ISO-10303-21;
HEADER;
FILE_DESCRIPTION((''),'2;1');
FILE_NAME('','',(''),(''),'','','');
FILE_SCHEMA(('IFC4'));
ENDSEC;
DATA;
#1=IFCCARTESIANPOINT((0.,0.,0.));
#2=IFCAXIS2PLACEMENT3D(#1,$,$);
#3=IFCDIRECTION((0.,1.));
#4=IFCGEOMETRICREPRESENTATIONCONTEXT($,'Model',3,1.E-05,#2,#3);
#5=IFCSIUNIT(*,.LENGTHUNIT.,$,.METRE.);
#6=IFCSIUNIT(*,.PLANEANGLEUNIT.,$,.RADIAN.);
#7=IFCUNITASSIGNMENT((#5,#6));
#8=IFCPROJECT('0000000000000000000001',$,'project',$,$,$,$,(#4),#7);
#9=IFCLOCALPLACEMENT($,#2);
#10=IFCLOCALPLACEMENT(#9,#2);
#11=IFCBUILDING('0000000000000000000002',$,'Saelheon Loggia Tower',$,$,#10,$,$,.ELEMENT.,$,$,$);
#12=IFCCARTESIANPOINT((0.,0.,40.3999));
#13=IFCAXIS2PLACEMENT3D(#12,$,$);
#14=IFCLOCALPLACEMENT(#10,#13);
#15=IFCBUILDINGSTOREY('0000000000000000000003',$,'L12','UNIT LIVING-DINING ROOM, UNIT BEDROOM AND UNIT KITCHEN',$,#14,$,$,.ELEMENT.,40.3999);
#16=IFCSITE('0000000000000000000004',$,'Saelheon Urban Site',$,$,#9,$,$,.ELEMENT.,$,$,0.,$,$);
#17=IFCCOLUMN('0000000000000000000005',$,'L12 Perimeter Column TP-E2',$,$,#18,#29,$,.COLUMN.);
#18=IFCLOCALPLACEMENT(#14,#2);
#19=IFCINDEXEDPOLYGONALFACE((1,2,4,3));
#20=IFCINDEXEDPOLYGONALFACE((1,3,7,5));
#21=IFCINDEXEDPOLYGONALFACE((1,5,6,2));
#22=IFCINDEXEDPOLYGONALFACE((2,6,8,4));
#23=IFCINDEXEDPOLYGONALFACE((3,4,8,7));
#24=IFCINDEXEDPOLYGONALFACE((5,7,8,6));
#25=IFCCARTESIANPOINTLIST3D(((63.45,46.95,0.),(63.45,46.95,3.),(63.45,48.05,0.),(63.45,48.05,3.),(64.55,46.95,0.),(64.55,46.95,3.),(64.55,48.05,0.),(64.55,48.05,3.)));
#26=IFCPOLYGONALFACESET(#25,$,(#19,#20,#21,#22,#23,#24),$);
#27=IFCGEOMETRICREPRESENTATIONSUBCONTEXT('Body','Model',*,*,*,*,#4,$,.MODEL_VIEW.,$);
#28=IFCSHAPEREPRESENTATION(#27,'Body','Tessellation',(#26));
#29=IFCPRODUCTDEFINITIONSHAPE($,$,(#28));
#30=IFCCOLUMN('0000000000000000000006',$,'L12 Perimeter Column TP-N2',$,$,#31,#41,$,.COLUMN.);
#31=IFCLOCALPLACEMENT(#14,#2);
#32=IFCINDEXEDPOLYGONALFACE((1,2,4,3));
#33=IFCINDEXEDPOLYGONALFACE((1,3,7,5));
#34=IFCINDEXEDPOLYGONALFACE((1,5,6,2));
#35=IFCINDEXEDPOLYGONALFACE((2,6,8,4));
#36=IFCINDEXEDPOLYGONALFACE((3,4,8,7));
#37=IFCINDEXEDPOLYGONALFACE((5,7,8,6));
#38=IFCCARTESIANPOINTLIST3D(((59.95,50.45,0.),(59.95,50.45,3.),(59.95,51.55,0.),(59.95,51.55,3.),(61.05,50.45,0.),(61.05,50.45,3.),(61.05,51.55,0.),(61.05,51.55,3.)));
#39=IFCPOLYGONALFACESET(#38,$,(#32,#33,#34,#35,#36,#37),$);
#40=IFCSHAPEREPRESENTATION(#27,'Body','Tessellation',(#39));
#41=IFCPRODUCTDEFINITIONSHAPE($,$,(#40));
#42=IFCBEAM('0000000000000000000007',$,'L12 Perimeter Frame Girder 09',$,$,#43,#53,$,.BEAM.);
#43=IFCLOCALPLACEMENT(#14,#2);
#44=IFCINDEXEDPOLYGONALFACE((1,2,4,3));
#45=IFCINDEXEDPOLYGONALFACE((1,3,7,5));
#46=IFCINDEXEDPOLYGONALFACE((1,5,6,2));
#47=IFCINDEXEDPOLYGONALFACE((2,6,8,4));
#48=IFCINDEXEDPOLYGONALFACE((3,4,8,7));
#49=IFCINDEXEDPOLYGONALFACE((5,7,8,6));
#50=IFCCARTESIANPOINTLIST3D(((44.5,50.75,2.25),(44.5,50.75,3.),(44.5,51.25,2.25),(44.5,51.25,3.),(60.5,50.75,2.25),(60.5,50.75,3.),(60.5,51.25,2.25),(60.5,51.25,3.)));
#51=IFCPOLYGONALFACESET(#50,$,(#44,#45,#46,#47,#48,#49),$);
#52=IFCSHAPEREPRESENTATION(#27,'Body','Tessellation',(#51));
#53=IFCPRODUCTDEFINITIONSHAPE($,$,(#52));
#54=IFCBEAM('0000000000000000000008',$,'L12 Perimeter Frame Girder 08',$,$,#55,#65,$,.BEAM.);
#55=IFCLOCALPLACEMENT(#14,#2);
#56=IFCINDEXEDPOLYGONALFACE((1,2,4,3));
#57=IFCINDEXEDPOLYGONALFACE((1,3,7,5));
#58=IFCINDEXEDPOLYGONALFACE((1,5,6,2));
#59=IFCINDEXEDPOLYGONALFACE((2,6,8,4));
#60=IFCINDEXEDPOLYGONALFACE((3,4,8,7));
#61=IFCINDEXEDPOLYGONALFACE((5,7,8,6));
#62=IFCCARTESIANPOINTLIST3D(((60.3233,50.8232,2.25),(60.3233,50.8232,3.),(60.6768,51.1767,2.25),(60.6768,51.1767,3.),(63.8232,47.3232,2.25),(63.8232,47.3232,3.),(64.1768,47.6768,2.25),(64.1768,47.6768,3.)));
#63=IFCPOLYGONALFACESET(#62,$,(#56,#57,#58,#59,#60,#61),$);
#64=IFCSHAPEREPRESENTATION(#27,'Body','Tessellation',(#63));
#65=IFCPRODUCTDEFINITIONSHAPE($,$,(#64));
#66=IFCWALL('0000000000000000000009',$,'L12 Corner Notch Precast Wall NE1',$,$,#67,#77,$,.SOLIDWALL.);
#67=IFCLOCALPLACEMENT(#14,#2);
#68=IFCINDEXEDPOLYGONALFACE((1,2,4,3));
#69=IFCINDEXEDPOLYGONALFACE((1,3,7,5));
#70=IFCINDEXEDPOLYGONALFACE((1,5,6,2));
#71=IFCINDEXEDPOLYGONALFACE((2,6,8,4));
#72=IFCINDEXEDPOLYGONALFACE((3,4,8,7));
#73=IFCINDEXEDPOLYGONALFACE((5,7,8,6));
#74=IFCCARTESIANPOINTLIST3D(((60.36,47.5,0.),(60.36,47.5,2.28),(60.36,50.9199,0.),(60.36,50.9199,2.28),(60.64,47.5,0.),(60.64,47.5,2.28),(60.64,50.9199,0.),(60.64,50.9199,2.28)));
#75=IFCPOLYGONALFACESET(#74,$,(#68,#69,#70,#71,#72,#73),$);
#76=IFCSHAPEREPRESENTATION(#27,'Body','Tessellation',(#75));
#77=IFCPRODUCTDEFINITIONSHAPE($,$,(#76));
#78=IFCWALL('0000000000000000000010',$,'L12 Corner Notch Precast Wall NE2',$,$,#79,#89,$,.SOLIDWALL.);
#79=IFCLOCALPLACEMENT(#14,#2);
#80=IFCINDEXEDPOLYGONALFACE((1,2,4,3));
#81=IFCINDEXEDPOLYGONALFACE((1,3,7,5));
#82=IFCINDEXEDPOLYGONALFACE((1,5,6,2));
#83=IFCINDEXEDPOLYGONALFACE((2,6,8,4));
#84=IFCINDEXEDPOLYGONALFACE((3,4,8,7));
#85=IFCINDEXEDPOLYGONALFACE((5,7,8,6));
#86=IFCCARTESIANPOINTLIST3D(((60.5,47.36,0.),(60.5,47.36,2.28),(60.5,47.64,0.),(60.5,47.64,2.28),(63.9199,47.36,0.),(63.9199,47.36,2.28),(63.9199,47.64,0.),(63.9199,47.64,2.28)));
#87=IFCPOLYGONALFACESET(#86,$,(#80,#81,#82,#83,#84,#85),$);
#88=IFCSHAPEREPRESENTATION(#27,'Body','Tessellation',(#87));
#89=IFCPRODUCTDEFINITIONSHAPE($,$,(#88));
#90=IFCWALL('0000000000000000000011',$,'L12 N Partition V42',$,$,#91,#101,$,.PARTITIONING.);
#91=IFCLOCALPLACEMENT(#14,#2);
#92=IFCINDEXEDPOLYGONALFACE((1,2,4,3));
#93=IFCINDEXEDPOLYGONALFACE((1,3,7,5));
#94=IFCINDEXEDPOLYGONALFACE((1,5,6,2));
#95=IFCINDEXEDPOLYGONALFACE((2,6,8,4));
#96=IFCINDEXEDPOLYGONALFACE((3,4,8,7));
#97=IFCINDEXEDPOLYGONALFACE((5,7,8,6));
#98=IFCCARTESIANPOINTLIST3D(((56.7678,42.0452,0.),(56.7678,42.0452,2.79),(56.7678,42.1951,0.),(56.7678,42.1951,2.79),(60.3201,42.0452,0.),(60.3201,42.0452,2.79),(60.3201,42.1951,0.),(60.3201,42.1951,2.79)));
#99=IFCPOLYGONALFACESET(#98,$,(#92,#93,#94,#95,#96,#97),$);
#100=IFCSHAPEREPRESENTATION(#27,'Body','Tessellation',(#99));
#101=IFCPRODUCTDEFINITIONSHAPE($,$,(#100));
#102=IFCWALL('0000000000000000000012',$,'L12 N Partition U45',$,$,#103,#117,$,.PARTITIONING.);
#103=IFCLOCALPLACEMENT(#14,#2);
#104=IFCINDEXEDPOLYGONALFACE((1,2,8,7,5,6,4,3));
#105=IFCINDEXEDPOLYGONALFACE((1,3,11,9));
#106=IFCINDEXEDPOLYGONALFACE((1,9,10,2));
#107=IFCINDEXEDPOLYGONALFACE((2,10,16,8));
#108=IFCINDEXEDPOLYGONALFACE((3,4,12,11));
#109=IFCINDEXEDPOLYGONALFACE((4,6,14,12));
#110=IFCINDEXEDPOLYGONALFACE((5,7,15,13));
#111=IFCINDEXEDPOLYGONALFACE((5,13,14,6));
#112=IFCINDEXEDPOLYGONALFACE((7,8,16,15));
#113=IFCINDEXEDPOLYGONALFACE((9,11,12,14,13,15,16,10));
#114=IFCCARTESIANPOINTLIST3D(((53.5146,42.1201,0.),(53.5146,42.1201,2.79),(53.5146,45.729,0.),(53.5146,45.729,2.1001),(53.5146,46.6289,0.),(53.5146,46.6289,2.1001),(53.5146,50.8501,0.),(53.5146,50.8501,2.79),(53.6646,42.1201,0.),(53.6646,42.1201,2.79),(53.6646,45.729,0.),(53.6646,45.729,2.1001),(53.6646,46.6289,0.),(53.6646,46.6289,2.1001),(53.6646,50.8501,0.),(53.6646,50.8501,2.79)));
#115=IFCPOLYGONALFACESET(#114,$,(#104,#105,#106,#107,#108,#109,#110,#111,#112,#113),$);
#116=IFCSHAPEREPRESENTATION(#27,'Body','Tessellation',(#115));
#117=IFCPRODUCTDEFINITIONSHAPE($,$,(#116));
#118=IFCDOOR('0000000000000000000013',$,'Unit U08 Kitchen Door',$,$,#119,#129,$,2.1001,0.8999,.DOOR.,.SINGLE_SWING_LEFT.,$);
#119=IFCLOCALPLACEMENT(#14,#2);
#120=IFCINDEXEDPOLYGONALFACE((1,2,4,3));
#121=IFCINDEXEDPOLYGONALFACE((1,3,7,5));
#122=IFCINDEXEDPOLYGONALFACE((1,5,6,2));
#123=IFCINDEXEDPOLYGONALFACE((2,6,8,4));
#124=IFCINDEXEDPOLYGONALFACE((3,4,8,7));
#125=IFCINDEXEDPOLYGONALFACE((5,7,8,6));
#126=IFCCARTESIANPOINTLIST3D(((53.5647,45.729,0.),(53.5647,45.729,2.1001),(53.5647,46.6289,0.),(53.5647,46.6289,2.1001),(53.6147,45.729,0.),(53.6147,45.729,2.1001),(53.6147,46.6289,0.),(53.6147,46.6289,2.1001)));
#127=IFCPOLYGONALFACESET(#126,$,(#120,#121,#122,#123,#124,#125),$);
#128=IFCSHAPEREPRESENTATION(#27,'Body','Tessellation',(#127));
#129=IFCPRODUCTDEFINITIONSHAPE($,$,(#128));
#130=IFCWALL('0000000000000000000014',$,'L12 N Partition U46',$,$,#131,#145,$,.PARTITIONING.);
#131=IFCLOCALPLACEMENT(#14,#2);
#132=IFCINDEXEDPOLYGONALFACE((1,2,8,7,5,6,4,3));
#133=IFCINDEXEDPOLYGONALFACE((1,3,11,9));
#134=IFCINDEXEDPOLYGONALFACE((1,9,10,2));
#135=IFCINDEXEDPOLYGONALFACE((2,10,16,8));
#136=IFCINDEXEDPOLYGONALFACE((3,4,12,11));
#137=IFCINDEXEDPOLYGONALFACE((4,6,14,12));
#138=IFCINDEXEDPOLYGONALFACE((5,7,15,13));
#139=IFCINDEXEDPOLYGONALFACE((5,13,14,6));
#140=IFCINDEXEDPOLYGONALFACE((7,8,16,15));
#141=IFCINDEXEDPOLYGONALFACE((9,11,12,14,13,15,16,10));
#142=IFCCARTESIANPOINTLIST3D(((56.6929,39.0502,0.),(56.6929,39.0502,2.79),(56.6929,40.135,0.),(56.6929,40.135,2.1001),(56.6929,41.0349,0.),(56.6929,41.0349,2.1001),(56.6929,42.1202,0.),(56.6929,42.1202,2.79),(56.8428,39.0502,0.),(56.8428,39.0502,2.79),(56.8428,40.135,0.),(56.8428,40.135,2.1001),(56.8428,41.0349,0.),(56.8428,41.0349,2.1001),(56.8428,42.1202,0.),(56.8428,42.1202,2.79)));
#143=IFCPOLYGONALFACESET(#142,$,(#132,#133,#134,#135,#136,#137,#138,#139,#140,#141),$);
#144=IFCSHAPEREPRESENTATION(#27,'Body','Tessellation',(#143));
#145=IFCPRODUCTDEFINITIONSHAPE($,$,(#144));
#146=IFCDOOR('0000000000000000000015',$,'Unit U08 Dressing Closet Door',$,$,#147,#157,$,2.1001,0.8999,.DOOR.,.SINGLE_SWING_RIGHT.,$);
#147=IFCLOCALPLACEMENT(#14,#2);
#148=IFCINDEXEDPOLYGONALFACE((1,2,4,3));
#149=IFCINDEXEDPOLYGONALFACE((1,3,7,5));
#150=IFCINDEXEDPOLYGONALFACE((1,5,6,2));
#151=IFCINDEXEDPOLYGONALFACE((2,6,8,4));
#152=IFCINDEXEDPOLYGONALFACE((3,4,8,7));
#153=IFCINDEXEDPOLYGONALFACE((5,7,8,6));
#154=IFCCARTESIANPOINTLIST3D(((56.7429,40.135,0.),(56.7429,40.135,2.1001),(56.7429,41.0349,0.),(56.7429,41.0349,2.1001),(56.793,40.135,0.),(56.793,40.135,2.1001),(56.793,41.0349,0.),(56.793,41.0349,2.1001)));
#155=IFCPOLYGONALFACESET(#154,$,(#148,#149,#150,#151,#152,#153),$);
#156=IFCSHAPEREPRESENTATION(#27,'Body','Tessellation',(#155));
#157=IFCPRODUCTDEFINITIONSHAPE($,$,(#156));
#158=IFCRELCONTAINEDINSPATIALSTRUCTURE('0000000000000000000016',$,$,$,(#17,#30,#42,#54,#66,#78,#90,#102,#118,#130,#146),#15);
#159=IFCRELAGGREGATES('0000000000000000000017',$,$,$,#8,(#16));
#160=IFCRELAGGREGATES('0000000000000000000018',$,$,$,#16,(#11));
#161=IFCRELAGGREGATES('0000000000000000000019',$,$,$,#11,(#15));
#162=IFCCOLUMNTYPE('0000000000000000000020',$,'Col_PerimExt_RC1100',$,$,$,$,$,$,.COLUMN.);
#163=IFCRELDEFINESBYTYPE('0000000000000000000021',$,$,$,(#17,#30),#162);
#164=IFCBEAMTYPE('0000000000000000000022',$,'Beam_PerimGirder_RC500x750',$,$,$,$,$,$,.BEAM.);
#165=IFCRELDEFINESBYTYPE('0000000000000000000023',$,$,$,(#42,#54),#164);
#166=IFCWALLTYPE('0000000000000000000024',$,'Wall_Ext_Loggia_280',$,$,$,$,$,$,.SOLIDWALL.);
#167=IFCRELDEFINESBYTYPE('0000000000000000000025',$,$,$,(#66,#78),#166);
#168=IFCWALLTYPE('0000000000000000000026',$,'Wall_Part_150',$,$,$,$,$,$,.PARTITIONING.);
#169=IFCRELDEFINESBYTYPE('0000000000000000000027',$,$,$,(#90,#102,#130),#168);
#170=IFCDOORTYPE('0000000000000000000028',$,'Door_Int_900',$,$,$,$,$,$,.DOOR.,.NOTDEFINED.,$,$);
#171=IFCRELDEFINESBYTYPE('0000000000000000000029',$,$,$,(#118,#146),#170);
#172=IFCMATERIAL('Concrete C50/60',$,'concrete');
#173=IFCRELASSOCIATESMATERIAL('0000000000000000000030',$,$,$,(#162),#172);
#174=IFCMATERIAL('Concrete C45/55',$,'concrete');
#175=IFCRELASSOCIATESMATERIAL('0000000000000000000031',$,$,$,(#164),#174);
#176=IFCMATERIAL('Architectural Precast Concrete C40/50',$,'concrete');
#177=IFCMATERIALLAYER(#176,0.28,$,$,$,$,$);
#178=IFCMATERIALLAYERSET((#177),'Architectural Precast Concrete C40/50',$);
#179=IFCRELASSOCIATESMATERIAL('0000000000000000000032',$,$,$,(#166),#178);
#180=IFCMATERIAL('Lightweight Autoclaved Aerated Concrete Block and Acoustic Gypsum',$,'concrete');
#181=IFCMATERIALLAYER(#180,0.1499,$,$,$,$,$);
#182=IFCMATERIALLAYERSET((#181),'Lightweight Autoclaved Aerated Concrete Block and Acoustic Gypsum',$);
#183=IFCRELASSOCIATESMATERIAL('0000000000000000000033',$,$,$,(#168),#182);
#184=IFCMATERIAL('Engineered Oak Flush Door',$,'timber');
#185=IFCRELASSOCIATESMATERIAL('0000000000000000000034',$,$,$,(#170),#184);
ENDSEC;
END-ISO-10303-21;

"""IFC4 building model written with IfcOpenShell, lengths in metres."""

from ifc_helpers import new_model, si_unit, direction, frame, frame_2d, origin, origin_2d, place, context, subcontext, project, spatial, rectangle, extrude, source, transform, mapped, material, layer, layer_set, material_profile, profile_set, type_object, element, fill, save


model = new_model("IFC4")

# Units and contexts
model_context = context("Model", 3, precision=1e-05, world=origin(), true_north=direction((0.0, 1.0)))
body_context = subcontext(model_context, "Body", "Model", "MODEL_VIEW")
ifc_project = project(units=[si_unit("LENGTHUNIT", "METRE"), si_unit("PLANEANGLEUNIT", "RADIAN")], contexts=[model_context])

# Site, building, storey
site_placement = place(None, origin())
site = spatial("IfcSite", under=ifc_project, at=site_placement, Name="Saelheon Urban Site", CompositionType="ELEMENT", RefElevation=0.0)
building_placement = place(site_placement, origin())
building = spatial("IfcBuilding", under=site, at=building_placement, Name="Saelheon Loggia Tower", CompositionType="ELEMENT")
storey_placement = place(building_placement, frame((0.0, 0.0, 40.3999)))
storey = spatial("IfcBuildingStorey", under=building, at=storey_placement, Name="L12", Description="UNIT LIVING-DINING ROOM, UNIT BEDROOM AND UNIT KITCHEN", CompositionType="ELEMENT", Elevation=40.3999)

# Columns
ifc_material_1 = material(Name="Concrete C50/60", Category="concrete")
ifc_material_profile_1 = material_profile(ifc_material_1, rectangle(XDim=1.1001, YDim=1.1001, at=origin_2d()), Name="RC-1100x1100")
ifc_profile_set_1 = profile_set([ifc_material_profile_1], Name="Concrete C50/60")
column_type = type_object("IfcColumnType", Name="Col_PerimExt_RC1100", PredefinedType="COLUMN", material=ifc_profile_set_1)
shared_shape_1 = source(origin(), body_context, "Body", "SweptSolid", [
    extrude(rectangle(XDim=1.1001, YDim=1.1001, at=origin_2d()), origin(), (0.0, 0.0, 1.0), 3.0),
])
for number, where, z_axis, x_axis, name in (
    (1, (64.0, 47.5, 0.0), (0.0, 0.0, 1.0), (1.0, 0.0, 0.0), "L12 Perimeter Column TP-E2"),
    (2, (60.5, 51.0, 0.0), (0.0, 0.0, 1.0), (1.0, 0.0, 0.0), "L12 Perimeter Column TP-N2"),
):
    element("IfcColumn", number, at=place(storey_placement, frame(where, z_axis=z_axis, x_axis=x_axis)), inside=storey, type_object=column_type, Name=name, PredefinedType="COLUMN", context=body_context, shape_type="MappedRepresentation", body=[
        mapped(shared_shape_1, transform((0.0, 0.0, 0.0), scale=1.0)),
    ])

# Beams
ifc_material_2 = material(Name="Concrete C45/55", Category="concrete")
ifc_material_profile_2 = material_profile(ifc_material_2, rectangle(XDim=0.5, YDim=0.75, at=origin_2d()), Name="RC-500x750")
ifc_profile_set_2 = profile_set([ifc_material_profile_2], Name="Concrete C45/55")
beam_type = type_object("IfcBeamType", Name="Beam_PerimGirder_RC500x750", PredefinedType="BEAM", material=ifc_profile_set_2)
shared_shape_2 = source(origin(), body_context, "Body", "SweptSolid", [
    extrude(rectangle(XDim=0.5, YDim=0.75, at=origin_2d()), origin(), (0.0, 0.0, 1.0), 16.0),
])
beam_1_placement = place(storey_placement, frame((60.5, 51.0, 2.625), z_axis=(-1.0, 0.0, 0.0), x_axis=(0.0, -1.0, 0.0)))
element("IfcBeam", 3, at=beam_1_placement, inside=storey, type_object=beam_type, Name="L12 Perimeter Frame Girder 09", PredefinedType="BEAM", context=body_context, shape_type="MappedRepresentation", body=[
    mapped(shared_shape_2, transform((0.0, 0.0, 0.0), scale=1.0)),
])
shared_shape_3 = source(origin(), body_context, "Body", "SweptSolid", [
    extrude(rectangle(XDim=0.5, YDim=0.75, at=origin_2d()), origin(), (0.0, 0.0, 1.0), 4.9497),
])
beam_2_placement = place(storey_placement, frame((64.0, 47.5, 2.625), z_axis=(-0.707107, 0.707107, 0.0), x_axis=(-0.707107, -0.707107, 0.0)))
element("IfcBeam", 4, at=beam_2_placement, inside=storey, type_object=beam_type, Name="L12 Perimeter Frame Girder 08", PredefinedType="BEAM", context=body_context, shape_type="MappedRepresentation", body=[
    mapped(shared_shape_3, transform((0.0, 0.0, 0.0), scale=1.0)),
])

# Walls
ifc_material_3 = material(Name="Architectural Precast Concrete C40/50", Category="concrete")
ifc_layer_1 = layer(ifc_material_3, 0.28)
ifc_layer_set_1 = layer_set([ifc_layer_1], Name="Architectural Precast Concrete C40/50")
wall_type_1 = type_object("IfcWallType", Name="Wall_Ext_Loggia_280", PredefinedType="SOLIDWALL", material=ifc_layer_set_1)
for number, where, z_axis, x_axis, name in (
    (5, (60.5, 47.5, 0.0), (0.0, 0.0, 1.0), (0.0, 1.0, 0.0), "L12 Corner Notch Precast Wall NE1"),
    (6, (60.5, 47.5, 0.0), (0.0, 0.0, 1.0), (1.0, 0.0, 0.0), "L12 Corner Notch Precast Wall NE2"),
):
    element("IfcWall", number, at=place(storey_placement, frame(where, z_axis=z_axis, x_axis=x_axis)), inside=storey, type_object=wall_type_1, Name=name, PredefinedType="SOLIDWALL", context=body_context, shape_type="SweptSolid", body=[
        extrude(rectangle(XDim=3.4199, YDim=0.28, at=frame_2d((1.71, 0.0))), origin(), (0.0, 0.0, 1.0), 2.28),
    ])
ifc_material_4 = material(Name="Lightweight Autoclaved Aerated Concrete Block and Acoustic Gypsum", Category="concrete")
ifc_layer_2 = layer(ifc_material_4, 0.1499)
ifc_layer_set_2 = layer_set([ifc_layer_2], Name="Lightweight Autoclaved Aerated Concrete Block and Acoustic Gypsum")
wall_type_2 = type_object("IfcWallType", Name="Wall_Part_150", PredefinedType="PARTITIONING", material=ifc_layer_set_2)
wall_1_placement = place(storey_placement, frame((56.7678, 42.1201, 0.0), z_axis=(0.0, 0.0, 1.0), x_axis=(1.0, 0.0, 0.0)))
element("IfcWall", 7, at=wall_1_placement, inside=storey, type_object=wall_type_2, Name="L12 N Partition V42", PredefinedType="PARTITIONING", context=body_context, shape_type="SweptSolid", body=[
    extrude(rectangle(XDim=3.5522, YDim=0.1499, at=frame_2d((1.7761, 0.0))), origin(), (0.0, 0.0, 1.0), 2.79),
])

# Walls, openings, doors
wall_2_placement = place(storey_placement, frame((53.5896, 42.1201, 0.0), z_axis=(0.0, 0.0, 1.0), x_axis=(0.0, 1.0, 0.0)))
wall_2 = element("IfcWall", 8, at=wall_2_placement, inside=storey, type_object=wall_type_2, Name="L12 N Partition U45", PredefinedType="PARTITIONING", context=body_context, shape_type="SweptSolid", body=[
    extrude(rectangle(XDim=8.73, YDim=0.1499, at=frame_2d((4.365, 0.0))), origin(), (0.0, 0.0, 1.0), 2.79),
])
opening_1_placement = place(wall_2_placement, frame((3.6089, 0.0, 0.0)))
opening_1 = element("IfcOpeningElement", 9, at=opening_1_placement, cuts=wall_2, PredefinedType="OPENING", context=body_context, shape_type="SweptSolid", body=[
    extrude(rectangle(XDim=0.8999, YDim=2.1001, at=frame_2d((0.45, 1.05))), frame((0.0, 0.0869, 0.0), z_axis=(0.0, -1.0, 0.0), x_axis=(1.0, 0.0, 0.0)), (0.0, 0.0, 1.0), 0.1738),
])
ifc_material_5 = material(Name="Engineered Oak Flush Door", Category="timber")
door_type_1 = type_object("IfcDoorType", Name="Door_Int_900", OperationType="NOTDEFINED", PredefinedType="DOOR", material=ifc_material_5)
shared_shape_4 = source(origin(), body_context, "Body", "SweptSolid", [
    extrude(rectangle(XDim=0.8999, YDim=2.1001, at=frame_2d((0.45, 1.05))), frame((0.0, 0.0249, 0.0), z_axis=(0.0, -1.0, 0.0), x_axis=(1.0, 0.0, 0.0)), (0.0, 0.0, 1.0), 0.05),
])
door_1_placement = place(opening_1_placement, origin())
door_1 = element("IfcDoor", 10, at=door_1_placement, inside=storey, type_object=door_type_1, Name="Unit U08 Kitchen Door", OperationType="SINGLE_SWING_LEFT", OverallHeight=2.1001, OverallWidth=0.8999, PredefinedType="DOOR", context=body_context, shape_type="MappedRepresentation", body=[
    mapped(shared_shape_4, transform((0.0, 0.0, 0.0), scale=1.0)),
])
fill(opening_1, door_1)
wall_3_placement = place(storey_placement, frame((56.7678, 39.05, 0.0), z_axis=(0.0, 0.0, 1.0), x_axis=(0.0, 1.0, 0.0)))
wall_3 = element("IfcWall", 11, at=wall_3_placement, inside=storey, type_object=wall_type_2, Name="L12 N Partition U46", PredefinedType="PARTITIONING", context=body_context, shape_type="SweptSolid", body=[
    extrude(rectangle(XDim=3.0701, YDim=0.1499, at=frame_2d((1.5352, 0.0))), origin(), (0.0, 0.0, 1.0), 2.79),
])
opening_2_placement = place(wall_3_placement, frame((1.085, 0.0, 0.0)))
opening_2 = element("IfcOpeningElement", 12, at=opening_2_placement, cuts=wall_3, PredefinedType="OPENING", context=body_context, shape_type="SweptSolid", body=[
    extrude(rectangle(XDim=0.8999, YDim=2.1001, at=frame_2d((0.45, 1.05))), frame((0.0, 0.0869, 0.0), z_axis=(0.0, -1.0, 0.0), x_axis=(1.0, 0.0, 0.0)), (0.0, 0.0, 1.0), 0.1738),
])
door_2_placement = place(opening_2_placement, origin())
door_2 = element("IfcDoor", 13, at=door_2_placement, inside=storey, type_object=door_type_1, Name="Unit U08 Dressing Closet Door", OperationType="SINGLE_SWING_RIGHT", OverallHeight=2.1001, OverallWidth=0.8999, PredefinedType="DOOR", context=body_context, shape_type="MappedRepresentation", body=[
    mapped(shared_shape_4, transform((0.0, 0.0, 0.0), scale=1.0)),
])
fill(opening_2, door_2)

save(model, "model.ifc")
